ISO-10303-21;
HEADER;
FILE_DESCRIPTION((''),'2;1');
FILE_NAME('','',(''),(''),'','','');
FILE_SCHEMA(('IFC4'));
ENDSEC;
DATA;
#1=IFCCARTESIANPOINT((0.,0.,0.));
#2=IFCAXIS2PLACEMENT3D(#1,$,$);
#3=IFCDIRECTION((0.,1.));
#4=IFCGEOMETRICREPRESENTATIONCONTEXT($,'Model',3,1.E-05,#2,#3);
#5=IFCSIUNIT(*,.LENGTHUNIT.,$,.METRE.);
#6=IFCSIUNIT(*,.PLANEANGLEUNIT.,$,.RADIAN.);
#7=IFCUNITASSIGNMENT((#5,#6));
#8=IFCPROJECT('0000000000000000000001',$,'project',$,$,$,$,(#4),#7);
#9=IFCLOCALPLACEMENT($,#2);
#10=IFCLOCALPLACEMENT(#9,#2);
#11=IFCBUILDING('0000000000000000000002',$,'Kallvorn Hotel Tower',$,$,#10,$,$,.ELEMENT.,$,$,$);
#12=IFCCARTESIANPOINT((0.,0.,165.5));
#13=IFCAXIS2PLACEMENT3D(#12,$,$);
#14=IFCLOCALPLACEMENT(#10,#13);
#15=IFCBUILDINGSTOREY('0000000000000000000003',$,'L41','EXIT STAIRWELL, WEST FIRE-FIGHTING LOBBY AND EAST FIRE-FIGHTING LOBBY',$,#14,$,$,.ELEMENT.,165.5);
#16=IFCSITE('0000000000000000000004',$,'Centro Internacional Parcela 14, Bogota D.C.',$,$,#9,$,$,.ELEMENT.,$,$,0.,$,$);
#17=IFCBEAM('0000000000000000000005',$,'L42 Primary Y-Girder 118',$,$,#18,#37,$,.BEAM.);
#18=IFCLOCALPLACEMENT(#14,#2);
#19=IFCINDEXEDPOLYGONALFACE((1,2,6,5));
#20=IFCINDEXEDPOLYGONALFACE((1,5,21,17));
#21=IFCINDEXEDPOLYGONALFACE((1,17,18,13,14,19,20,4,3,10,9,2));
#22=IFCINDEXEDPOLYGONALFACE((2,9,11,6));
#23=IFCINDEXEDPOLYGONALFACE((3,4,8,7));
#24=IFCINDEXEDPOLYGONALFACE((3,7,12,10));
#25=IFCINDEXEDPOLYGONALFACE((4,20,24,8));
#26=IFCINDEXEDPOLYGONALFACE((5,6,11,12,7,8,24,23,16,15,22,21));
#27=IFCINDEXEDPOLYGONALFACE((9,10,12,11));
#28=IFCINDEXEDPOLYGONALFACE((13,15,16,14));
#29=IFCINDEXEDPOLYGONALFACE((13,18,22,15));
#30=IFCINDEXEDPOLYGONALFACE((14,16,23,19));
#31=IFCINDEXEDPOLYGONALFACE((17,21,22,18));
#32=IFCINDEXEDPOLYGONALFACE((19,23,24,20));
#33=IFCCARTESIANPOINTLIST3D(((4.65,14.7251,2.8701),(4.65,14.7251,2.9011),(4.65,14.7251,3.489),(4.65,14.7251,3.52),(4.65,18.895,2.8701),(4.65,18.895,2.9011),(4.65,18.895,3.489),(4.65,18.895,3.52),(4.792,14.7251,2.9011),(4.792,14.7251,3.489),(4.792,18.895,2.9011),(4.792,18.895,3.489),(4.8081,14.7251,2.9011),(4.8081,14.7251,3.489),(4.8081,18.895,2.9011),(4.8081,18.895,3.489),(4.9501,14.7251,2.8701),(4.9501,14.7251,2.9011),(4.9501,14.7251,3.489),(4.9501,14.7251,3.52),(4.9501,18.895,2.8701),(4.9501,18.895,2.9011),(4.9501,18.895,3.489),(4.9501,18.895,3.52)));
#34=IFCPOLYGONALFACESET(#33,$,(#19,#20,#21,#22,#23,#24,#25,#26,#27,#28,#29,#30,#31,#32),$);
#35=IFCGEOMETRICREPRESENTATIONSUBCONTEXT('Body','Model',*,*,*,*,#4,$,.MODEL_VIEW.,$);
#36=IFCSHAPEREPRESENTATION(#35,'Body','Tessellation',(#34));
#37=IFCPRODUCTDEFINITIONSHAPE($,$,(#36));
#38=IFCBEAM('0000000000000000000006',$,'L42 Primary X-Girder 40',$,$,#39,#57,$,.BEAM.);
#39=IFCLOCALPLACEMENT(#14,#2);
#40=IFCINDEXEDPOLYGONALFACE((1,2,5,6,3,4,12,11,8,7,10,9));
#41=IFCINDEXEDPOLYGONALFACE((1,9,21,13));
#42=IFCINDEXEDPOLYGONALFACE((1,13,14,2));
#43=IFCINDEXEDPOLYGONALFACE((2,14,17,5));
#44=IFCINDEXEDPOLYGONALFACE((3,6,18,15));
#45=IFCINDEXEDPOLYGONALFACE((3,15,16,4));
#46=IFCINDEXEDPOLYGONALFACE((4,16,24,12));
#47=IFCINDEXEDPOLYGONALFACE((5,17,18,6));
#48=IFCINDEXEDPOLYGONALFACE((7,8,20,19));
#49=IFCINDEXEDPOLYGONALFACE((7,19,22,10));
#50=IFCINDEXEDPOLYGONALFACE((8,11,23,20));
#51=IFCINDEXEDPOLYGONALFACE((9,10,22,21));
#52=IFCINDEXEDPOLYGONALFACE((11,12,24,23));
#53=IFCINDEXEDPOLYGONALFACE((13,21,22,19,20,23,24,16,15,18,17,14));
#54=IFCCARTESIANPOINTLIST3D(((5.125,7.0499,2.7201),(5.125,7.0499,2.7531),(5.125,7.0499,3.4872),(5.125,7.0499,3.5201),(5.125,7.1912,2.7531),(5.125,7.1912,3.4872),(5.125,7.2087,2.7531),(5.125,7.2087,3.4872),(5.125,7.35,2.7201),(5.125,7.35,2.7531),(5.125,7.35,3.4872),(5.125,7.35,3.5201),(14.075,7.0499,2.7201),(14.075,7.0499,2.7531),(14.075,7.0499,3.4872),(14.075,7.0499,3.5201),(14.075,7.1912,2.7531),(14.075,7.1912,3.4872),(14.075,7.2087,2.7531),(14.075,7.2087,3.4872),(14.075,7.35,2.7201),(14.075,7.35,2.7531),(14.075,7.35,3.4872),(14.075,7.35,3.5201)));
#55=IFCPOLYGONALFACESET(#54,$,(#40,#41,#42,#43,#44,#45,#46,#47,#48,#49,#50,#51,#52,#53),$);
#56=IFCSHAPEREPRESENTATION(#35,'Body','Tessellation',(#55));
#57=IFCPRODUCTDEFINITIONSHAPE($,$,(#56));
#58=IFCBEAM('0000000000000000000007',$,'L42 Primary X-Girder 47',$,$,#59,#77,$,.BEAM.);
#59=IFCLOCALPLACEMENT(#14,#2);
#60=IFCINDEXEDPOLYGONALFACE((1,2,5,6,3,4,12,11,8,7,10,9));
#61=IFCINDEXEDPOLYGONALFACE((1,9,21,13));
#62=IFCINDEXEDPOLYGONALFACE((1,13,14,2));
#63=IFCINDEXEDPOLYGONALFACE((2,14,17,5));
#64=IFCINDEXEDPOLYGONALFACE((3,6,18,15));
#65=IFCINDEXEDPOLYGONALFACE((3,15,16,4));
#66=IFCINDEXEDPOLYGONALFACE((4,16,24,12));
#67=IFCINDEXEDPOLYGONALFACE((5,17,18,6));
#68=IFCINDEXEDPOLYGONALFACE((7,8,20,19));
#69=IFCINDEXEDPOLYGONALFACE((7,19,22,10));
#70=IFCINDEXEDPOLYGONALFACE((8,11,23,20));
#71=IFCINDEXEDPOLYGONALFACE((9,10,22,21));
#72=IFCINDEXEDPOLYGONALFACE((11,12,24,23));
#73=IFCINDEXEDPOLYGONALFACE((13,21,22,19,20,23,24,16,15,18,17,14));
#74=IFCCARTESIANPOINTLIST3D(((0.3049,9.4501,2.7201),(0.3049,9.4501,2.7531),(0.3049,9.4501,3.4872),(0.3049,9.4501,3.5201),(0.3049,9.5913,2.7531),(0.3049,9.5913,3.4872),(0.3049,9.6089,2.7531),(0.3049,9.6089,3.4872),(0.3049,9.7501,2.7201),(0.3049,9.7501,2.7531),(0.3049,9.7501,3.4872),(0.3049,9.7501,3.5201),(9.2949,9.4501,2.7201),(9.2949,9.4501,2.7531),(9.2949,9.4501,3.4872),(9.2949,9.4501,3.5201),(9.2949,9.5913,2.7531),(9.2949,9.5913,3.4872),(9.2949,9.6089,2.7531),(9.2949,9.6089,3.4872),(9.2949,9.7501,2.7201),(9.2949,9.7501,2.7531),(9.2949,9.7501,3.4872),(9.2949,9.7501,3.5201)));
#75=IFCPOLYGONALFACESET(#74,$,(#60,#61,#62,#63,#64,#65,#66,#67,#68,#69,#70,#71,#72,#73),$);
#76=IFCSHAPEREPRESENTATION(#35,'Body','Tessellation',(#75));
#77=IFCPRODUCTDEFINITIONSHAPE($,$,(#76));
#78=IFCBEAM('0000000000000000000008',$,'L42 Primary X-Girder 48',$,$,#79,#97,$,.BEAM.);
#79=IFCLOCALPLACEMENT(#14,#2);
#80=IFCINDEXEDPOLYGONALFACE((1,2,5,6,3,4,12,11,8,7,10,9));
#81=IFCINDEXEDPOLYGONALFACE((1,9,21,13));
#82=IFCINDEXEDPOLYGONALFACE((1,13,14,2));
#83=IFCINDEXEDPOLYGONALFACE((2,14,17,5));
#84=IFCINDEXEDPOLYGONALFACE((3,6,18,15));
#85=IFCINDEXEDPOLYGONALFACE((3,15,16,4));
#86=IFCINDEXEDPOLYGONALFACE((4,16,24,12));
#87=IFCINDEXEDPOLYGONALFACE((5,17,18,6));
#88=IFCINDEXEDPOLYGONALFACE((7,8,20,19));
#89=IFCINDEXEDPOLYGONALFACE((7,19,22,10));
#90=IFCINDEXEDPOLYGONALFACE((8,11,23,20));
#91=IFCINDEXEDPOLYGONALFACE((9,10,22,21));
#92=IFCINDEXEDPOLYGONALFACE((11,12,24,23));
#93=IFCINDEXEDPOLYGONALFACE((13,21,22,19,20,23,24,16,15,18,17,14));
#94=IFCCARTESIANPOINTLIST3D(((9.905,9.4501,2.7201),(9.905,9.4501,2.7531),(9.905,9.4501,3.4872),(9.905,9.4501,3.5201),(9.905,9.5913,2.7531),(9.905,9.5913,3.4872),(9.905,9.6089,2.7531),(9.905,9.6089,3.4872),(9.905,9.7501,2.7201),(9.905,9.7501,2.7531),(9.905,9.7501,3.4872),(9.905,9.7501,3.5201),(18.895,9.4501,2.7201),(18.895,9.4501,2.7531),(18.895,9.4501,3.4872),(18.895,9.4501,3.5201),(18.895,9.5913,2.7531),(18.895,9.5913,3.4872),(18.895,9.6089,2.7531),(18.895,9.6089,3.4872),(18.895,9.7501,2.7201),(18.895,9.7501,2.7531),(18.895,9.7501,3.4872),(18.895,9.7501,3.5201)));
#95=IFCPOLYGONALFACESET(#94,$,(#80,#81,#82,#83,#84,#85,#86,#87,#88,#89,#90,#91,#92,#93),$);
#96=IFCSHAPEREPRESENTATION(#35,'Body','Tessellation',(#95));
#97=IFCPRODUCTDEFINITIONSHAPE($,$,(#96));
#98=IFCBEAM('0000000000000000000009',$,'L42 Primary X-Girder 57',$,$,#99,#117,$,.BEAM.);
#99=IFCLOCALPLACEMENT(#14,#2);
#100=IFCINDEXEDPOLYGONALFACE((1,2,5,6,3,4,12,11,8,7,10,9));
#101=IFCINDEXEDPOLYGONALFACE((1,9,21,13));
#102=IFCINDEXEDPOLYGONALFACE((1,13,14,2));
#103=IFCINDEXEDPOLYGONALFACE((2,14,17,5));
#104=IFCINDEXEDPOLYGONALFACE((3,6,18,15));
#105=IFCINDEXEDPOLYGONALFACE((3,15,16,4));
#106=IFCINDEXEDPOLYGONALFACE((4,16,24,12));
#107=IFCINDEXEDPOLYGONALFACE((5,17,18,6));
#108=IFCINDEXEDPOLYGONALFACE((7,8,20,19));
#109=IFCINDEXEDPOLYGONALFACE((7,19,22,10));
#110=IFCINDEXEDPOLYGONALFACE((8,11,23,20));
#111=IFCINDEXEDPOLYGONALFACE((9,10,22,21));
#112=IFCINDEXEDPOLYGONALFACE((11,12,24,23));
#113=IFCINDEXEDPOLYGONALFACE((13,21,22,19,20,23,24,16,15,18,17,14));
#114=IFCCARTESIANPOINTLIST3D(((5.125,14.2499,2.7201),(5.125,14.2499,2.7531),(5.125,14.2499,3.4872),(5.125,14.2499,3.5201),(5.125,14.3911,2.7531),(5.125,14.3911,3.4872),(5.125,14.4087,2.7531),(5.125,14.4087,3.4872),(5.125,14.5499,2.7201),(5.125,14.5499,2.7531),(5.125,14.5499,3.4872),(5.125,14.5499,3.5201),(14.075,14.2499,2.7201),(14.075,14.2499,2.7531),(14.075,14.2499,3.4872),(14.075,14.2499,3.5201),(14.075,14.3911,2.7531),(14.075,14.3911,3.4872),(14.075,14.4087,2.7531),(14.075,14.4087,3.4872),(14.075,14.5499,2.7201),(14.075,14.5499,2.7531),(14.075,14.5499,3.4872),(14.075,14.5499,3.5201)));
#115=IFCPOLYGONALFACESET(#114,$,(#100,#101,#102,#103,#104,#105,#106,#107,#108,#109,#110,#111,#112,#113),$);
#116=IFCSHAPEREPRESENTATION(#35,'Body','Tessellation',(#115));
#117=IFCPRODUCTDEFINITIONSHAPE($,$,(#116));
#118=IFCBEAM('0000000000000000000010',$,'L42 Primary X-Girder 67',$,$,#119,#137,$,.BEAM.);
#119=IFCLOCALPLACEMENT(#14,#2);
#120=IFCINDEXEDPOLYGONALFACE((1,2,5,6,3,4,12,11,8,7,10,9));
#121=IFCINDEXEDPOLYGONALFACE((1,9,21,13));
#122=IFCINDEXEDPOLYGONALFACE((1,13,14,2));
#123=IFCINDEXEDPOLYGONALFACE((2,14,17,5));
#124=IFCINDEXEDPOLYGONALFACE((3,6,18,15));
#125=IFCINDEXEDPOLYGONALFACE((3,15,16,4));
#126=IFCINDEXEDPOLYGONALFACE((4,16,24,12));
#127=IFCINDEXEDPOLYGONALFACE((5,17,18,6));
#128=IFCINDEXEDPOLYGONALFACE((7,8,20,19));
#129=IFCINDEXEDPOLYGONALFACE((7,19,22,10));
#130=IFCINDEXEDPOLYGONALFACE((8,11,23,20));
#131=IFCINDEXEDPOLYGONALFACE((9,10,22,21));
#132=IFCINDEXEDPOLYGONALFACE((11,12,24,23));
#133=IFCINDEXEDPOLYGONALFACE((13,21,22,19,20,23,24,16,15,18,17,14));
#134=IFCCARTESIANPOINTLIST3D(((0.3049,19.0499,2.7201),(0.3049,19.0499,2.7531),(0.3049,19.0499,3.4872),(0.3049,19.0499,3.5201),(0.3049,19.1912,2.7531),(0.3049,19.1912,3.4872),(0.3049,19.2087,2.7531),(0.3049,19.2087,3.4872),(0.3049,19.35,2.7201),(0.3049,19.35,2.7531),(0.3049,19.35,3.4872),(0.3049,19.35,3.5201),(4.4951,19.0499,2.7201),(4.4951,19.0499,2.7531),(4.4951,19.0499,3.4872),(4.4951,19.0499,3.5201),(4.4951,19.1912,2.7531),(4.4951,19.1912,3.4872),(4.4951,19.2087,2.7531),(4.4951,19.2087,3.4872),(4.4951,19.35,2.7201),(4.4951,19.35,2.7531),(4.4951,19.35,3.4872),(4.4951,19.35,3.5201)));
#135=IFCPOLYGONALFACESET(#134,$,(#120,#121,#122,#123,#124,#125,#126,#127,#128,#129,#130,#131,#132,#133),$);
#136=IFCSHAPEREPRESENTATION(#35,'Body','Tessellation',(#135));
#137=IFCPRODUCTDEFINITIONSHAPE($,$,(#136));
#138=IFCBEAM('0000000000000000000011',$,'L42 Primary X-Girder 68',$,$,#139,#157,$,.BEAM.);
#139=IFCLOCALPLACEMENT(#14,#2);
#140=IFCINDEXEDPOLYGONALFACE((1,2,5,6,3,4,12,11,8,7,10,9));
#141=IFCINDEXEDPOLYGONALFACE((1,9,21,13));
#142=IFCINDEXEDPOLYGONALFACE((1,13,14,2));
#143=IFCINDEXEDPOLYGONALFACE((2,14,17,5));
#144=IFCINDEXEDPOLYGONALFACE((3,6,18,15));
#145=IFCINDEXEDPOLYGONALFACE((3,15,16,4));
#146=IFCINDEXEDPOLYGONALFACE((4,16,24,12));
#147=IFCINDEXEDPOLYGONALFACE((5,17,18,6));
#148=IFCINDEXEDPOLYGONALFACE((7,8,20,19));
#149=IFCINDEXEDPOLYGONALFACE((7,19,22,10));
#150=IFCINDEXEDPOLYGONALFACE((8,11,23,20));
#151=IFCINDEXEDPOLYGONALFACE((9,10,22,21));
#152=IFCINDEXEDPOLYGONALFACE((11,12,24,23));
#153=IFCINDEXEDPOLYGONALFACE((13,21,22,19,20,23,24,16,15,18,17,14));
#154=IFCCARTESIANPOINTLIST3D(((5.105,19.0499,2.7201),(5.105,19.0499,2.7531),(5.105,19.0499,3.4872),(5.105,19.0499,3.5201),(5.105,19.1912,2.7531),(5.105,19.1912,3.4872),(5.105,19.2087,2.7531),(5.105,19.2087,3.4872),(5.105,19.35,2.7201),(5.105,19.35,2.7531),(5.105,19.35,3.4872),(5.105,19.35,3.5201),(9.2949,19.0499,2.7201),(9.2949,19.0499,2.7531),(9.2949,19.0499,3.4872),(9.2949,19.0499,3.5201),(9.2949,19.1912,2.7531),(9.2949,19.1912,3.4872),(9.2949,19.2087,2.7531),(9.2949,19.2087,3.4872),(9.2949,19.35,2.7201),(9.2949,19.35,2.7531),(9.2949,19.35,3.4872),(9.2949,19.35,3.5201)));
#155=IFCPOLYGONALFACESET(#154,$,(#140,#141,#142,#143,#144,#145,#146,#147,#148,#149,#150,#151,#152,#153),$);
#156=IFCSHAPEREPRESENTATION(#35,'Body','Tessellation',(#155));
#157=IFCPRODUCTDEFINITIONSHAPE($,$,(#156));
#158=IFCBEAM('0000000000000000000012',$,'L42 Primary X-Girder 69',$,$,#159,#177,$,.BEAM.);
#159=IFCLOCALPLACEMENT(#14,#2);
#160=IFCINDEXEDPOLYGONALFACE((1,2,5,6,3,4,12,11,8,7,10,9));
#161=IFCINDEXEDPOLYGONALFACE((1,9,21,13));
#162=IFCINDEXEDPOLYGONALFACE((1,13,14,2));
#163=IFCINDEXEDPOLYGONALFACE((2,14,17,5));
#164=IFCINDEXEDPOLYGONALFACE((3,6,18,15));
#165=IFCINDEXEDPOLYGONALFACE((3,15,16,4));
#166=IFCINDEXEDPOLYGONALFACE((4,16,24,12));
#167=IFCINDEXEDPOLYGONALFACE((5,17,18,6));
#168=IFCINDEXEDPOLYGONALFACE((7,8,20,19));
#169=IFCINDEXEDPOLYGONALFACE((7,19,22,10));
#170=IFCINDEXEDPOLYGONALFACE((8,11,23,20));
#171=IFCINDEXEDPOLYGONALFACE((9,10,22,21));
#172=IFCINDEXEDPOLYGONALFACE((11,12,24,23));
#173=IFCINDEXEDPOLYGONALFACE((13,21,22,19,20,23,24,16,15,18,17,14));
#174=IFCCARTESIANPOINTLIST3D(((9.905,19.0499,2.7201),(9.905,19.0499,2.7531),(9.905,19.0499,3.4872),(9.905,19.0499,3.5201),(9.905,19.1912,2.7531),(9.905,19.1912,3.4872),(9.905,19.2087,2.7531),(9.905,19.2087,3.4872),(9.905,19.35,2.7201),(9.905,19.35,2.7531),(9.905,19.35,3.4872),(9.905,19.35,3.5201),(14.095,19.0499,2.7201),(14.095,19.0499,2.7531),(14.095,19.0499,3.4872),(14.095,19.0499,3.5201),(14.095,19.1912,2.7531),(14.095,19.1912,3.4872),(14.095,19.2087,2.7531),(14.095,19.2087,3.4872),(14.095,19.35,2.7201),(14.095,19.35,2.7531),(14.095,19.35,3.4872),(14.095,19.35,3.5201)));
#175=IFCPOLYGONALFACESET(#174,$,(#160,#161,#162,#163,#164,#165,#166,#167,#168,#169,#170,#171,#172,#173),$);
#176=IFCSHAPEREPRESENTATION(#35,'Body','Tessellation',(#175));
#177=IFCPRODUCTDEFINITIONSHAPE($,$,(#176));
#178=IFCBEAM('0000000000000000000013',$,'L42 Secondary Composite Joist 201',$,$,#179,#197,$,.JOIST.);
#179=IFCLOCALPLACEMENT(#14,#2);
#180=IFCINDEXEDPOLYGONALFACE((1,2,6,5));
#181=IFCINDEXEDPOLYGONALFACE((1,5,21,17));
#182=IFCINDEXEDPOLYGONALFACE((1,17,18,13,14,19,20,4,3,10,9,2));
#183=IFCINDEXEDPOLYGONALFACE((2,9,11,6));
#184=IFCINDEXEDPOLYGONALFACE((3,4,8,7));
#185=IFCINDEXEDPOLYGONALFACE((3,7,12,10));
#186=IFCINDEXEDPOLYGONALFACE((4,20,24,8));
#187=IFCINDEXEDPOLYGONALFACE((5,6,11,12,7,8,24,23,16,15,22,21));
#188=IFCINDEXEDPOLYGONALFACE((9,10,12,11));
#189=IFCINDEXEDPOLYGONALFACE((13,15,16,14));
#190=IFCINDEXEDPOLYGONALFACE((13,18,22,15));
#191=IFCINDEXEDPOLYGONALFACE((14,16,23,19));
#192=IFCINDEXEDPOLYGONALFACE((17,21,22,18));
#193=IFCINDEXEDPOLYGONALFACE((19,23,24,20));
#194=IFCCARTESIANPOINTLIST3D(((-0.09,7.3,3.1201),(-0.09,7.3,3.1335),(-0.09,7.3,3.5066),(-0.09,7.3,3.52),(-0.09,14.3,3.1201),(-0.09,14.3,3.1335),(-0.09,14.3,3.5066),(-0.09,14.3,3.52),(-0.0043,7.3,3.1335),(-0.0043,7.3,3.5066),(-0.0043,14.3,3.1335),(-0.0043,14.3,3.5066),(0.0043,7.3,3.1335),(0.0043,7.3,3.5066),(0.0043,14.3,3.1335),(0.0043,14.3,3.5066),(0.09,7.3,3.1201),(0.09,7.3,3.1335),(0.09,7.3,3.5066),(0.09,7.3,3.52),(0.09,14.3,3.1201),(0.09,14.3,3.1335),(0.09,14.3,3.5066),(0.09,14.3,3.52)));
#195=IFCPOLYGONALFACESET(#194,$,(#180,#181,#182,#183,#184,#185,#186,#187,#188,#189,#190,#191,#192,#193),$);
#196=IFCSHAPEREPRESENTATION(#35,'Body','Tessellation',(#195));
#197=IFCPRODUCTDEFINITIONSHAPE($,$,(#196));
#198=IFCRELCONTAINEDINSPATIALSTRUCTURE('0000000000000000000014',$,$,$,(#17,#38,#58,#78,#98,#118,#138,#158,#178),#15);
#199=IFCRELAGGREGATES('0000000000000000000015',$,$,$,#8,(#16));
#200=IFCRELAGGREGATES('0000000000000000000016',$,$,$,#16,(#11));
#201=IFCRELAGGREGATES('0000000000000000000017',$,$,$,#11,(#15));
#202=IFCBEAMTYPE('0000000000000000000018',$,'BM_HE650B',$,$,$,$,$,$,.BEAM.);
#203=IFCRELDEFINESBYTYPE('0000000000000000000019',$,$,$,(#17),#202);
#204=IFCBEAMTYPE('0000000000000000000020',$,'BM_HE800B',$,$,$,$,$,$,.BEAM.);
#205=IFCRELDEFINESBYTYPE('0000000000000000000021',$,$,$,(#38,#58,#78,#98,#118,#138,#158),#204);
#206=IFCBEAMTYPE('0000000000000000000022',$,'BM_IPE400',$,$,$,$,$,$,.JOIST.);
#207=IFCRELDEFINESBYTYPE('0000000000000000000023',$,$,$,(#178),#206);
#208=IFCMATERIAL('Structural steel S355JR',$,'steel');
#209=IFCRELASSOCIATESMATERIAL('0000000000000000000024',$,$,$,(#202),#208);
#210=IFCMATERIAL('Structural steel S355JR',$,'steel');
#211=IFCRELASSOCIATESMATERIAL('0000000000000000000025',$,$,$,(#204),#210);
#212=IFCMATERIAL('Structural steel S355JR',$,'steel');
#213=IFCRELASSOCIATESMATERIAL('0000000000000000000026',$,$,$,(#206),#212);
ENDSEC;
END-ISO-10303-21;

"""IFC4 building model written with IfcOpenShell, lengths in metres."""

from ifc_helpers import new_model, si_unit, direction, frame, origin, origin_2d, place, context, subcontext, project, spatial, i_section, extrude, material, material_profile, profile_set, type_object, element, save


model = new_model("IFC4")

# Units and contexts
model_context = context("Model", 3, precision=1e-05, world=origin(), true_north=direction((0.0, 1.0)))
body_context = subcontext(model_context, "Body", "Model", "MODEL_VIEW")
ifc_project = project(units=[si_unit("LENGTHUNIT", "METRE"), si_unit("PLANEANGLEUNIT", "RADIAN")], contexts=[model_context])

# Site, building, storey
site_placement = place(None, origin())
site = spatial("IfcSite", under=ifc_project, at=site_placement, Name="Centro Internacional Parcela 14, Bogota D.C.", CompositionType="ELEMENT", RefElevation=0.0)
building_placement = place(site_placement, origin())
building = spatial("IfcBuilding", under=site, at=building_placement, Name="Kallvorn Hotel Tower", CompositionType="ELEMENT")
storey_placement = place(building_placement, frame((0.0, 0.0, 165.5)))
storey = spatial("IfcBuildingStorey", under=building, at=storey_placement, Name="L41", Description="EXIT STAIRWELL, WEST FIRE-FIGHTING LOBBY AND EAST FIRE-FIGHTING LOBBY", CompositionType="ELEMENT", Elevation=165.5)

# Beams
ifc_material_1 = material(Name="Structural steel S355JR", Category="steel")
ifc_material_profile_1 = material_profile(ifc_material_1, i_section(OverallWidth=0.3, OverallDepth=0.6499, WebThickness=0.0161, FlangeThickness=0.031, at=origin_2d()), Name="HE 650 B")
ifc_profile_set_1 = profile_set([ifc_material_profile_1], Name="Structural steel S355JR")
beam_type_1 = type_object("IfcBeamType", Name="BM_HE650B", PredefinedType="BEAM", material=ifc_profile_set_1)
beam_1_placement = place(storey_placement, frame((4.8, 14.7251, 3.1951), z_axis=(0.0, 1.0, 0.0), x_axis=(-1.0, 0.0, 0.0)))
element("IfcBeam", 1, at=beam_1_placement, inside=storey, type_object=beam_type_1, Name="L42 Primary Y-Girder 118", PredefinedType="BEAM", context=body_context, shape_type="SweptSolid", body=[
    extrude(i_section(OverallWidth=0.3, OverallDepth=0.6499, WebThickness=0.0161, FlangeThickness=0.031, at=origin_2d()), origin(), (0.0, 0.0, 1.0), 4.1699),
])
ifc_material_2 = material(Name="Structural steel S355JR", Category="steel")
ifc_material_profile_2 = material_profile(ifc_material_2, i_section(OverallWidth=0.3, OverallDepth=0.8, WebThickness=0.0176, FlangeThickness=0.033, at=origin_2d()), Name="HE 800 B")
ifc_profile_set_2 = profile_set([ifc_material_profile_2], Name="Structural steel S355JR")
beam_type_2 = type_object("IfcBeamType", Name="BM_HE800B", PredefinedType="BEAM", material=ifc_profile_set_2)
beam_2_placement = place(storey_placement, frame((5.125, 7.2, 3.1201), z_axis=(1.0, 0.0, 0.0), x_axis=(0.0, 1.0, 0.0)))
element("IfcBeam", 2, at=beam_2_placement, inside=storey, type_object=beam_type_2, Name="L42 Primary X-Girder 40", PredefinedType="BEAM", context=body_context, shape_type="SweptSolid", body=[
    extrude(i_section(OverallWidth=0.3, OverallDepth=0.8, WebThickness=0.0176, FlangeThickness=0.033, at=origin_2d()), origin(), (0.0, 0.0, 1.0), 8.95),
])
for number, where, z_axis, x_axis, name in (
    (3, (0.3049, 9.6001, 3.1201), (1.0, 0.0, 0.0), (0.0, 1.0, 0.0), "L42 Primary X-Girder 47"),
    (4, (9.905, 9.6001, 3.1201), (1.0, 0.0, 0.0), (0.0, 1.0, 0.0), "L42 Primary X-Girder 48"),
):
    element("IfcBeam", number, at=place(storey_placement, frame(where, z_axis=z_axis, x_axis=x_axis)), inside=storey, type_object=beam_type_2, Name=name, PredefinedType="BEAM", context=body_context, shape_type="SweptSolid", body=[
        extrude(i_section(OverallWidth=0.3, OverallDepth=0.8, WebThickness=0.0176, FlangeThickness=0.033, at=origin_2d()), origin(), (0.0, 0.0, 1.0), 8.99),
    ])
beam_3_placement = place(storey_placement, frame((5.125, 14.3999, 3.1201), z_axis=(1.0, 0.0, 0.0), x_axis=(0.0, 1.0, 0.0)))
element("IfcBeam", 5, at=beam_3_placement, inside=storey, type_object=beam_type_2, Name="L42 Primary X-Girder 57", PredefinedType="BEAM", context=body_context, shape_type="SweptSolid", body=[
    extrude(i_section(OverallWidth=0.3, OverallDepth=0.8, WebThickness=0.0176, FlangeThickness=0.033, at=origin_2d()), origin(), (0.0, 0.0, 1.0), 8.95),
])
beam_4_placement = place(storey_placement, frame((0.3049, 19.2, 3.1201), z_axis=(1.0, 0.0, 0.0), x_axis=(0.0, 1.0, 0.0)))
element("IfcBeam", 6, at=beam_4_placement, inside=storey, type_object=beam_type_2, Name="L42 Primary X-Girder 67", PredefinedType="BEAM", context=body_context, shape_type="SweptSolid", body=[
    extrude(i_section(OverallWidth=0.3, OverallDepth=0.8, WebThickness=0.0176, FlangeThickness=0.033, at=origin_2d()), origin(), (0.0, 0.0, 1.0), 4.1902),
])
for number, where, z_axis, x_axis, name in (
    (7, (5.105, 19.2, 3.1201), (1.0, 0.0, 0.0), (0.0, 1.0, 0.0), "L42 Primary X-Girder 68"),
    (8, (9.905, 19.2, 3.1201), (1.0, 0.0, 0.0), (0.0, 1.0, 0.0), "L42 Primary X-Girder 69"),
):
    element("IfcBeam", number, at=place(storey_placement, frame(where, z_axis=z_axis, x_axis=x_axis)), inside=storey, type_object=beam_type_2, Name=name, PredefinedType="BEAM", context=body_context, shape_type="SweptSolid", body=[
        extrude(i_section(OverallWidth=0.3, OverallDepth=0.8, WebThickness=0.0176, FlangeThickness=0.033, at=origin_2d()), origin(), (0.0, 0.0, 1.0), 4.1899),
    ])
ifc_material_3 = material(Name="Structural steel S355JR", Category="steel")
ifc_material_profile_3 = material_profile(ifc_material_3, i_section(OverallWidth=0.1799, OverallDepth=0.3999, WebThickness=0.0085, FlangeThickness=0.0134, at=origin_2d()), Name="IPE 400")
ifc_profile_set_3 = profile_set([ifc_material_profile_3], Name="Structural steel S355JR")
beam_type_3 = type_object("IfcBeamType", Name="BM_IPE400", PredefinedType="JOIST", material=ifc_profile_set_3)
for number, where, z_axis, x_axis, name in (
    (9, (0.0, 7.3, 3.3201), (0.0, 1.0, 0.0), (-1.0, 0.0, 0.0), "L42 Secondary Composite Joist 201"),
):
    element("IfcBeam", number, at=place(storey_placement, frame(where, z_axis=z_axis, x_axis=x_axis)), inside=storey, type_object=beam_type_3, Name=name, PredefinedType="JOIST", context=body_context, shape_type="SweptSolid", body=[
        extrude(i_section(OverallWidth=0.1799, OverallDepth=0.3999, WebThickness=0.0085, FlangeThickness=0.0134, at=origin_2d()), origin(), (0.0, 0.0, 1.0), 7.0),
    ])

save(model, "model.ifc")
